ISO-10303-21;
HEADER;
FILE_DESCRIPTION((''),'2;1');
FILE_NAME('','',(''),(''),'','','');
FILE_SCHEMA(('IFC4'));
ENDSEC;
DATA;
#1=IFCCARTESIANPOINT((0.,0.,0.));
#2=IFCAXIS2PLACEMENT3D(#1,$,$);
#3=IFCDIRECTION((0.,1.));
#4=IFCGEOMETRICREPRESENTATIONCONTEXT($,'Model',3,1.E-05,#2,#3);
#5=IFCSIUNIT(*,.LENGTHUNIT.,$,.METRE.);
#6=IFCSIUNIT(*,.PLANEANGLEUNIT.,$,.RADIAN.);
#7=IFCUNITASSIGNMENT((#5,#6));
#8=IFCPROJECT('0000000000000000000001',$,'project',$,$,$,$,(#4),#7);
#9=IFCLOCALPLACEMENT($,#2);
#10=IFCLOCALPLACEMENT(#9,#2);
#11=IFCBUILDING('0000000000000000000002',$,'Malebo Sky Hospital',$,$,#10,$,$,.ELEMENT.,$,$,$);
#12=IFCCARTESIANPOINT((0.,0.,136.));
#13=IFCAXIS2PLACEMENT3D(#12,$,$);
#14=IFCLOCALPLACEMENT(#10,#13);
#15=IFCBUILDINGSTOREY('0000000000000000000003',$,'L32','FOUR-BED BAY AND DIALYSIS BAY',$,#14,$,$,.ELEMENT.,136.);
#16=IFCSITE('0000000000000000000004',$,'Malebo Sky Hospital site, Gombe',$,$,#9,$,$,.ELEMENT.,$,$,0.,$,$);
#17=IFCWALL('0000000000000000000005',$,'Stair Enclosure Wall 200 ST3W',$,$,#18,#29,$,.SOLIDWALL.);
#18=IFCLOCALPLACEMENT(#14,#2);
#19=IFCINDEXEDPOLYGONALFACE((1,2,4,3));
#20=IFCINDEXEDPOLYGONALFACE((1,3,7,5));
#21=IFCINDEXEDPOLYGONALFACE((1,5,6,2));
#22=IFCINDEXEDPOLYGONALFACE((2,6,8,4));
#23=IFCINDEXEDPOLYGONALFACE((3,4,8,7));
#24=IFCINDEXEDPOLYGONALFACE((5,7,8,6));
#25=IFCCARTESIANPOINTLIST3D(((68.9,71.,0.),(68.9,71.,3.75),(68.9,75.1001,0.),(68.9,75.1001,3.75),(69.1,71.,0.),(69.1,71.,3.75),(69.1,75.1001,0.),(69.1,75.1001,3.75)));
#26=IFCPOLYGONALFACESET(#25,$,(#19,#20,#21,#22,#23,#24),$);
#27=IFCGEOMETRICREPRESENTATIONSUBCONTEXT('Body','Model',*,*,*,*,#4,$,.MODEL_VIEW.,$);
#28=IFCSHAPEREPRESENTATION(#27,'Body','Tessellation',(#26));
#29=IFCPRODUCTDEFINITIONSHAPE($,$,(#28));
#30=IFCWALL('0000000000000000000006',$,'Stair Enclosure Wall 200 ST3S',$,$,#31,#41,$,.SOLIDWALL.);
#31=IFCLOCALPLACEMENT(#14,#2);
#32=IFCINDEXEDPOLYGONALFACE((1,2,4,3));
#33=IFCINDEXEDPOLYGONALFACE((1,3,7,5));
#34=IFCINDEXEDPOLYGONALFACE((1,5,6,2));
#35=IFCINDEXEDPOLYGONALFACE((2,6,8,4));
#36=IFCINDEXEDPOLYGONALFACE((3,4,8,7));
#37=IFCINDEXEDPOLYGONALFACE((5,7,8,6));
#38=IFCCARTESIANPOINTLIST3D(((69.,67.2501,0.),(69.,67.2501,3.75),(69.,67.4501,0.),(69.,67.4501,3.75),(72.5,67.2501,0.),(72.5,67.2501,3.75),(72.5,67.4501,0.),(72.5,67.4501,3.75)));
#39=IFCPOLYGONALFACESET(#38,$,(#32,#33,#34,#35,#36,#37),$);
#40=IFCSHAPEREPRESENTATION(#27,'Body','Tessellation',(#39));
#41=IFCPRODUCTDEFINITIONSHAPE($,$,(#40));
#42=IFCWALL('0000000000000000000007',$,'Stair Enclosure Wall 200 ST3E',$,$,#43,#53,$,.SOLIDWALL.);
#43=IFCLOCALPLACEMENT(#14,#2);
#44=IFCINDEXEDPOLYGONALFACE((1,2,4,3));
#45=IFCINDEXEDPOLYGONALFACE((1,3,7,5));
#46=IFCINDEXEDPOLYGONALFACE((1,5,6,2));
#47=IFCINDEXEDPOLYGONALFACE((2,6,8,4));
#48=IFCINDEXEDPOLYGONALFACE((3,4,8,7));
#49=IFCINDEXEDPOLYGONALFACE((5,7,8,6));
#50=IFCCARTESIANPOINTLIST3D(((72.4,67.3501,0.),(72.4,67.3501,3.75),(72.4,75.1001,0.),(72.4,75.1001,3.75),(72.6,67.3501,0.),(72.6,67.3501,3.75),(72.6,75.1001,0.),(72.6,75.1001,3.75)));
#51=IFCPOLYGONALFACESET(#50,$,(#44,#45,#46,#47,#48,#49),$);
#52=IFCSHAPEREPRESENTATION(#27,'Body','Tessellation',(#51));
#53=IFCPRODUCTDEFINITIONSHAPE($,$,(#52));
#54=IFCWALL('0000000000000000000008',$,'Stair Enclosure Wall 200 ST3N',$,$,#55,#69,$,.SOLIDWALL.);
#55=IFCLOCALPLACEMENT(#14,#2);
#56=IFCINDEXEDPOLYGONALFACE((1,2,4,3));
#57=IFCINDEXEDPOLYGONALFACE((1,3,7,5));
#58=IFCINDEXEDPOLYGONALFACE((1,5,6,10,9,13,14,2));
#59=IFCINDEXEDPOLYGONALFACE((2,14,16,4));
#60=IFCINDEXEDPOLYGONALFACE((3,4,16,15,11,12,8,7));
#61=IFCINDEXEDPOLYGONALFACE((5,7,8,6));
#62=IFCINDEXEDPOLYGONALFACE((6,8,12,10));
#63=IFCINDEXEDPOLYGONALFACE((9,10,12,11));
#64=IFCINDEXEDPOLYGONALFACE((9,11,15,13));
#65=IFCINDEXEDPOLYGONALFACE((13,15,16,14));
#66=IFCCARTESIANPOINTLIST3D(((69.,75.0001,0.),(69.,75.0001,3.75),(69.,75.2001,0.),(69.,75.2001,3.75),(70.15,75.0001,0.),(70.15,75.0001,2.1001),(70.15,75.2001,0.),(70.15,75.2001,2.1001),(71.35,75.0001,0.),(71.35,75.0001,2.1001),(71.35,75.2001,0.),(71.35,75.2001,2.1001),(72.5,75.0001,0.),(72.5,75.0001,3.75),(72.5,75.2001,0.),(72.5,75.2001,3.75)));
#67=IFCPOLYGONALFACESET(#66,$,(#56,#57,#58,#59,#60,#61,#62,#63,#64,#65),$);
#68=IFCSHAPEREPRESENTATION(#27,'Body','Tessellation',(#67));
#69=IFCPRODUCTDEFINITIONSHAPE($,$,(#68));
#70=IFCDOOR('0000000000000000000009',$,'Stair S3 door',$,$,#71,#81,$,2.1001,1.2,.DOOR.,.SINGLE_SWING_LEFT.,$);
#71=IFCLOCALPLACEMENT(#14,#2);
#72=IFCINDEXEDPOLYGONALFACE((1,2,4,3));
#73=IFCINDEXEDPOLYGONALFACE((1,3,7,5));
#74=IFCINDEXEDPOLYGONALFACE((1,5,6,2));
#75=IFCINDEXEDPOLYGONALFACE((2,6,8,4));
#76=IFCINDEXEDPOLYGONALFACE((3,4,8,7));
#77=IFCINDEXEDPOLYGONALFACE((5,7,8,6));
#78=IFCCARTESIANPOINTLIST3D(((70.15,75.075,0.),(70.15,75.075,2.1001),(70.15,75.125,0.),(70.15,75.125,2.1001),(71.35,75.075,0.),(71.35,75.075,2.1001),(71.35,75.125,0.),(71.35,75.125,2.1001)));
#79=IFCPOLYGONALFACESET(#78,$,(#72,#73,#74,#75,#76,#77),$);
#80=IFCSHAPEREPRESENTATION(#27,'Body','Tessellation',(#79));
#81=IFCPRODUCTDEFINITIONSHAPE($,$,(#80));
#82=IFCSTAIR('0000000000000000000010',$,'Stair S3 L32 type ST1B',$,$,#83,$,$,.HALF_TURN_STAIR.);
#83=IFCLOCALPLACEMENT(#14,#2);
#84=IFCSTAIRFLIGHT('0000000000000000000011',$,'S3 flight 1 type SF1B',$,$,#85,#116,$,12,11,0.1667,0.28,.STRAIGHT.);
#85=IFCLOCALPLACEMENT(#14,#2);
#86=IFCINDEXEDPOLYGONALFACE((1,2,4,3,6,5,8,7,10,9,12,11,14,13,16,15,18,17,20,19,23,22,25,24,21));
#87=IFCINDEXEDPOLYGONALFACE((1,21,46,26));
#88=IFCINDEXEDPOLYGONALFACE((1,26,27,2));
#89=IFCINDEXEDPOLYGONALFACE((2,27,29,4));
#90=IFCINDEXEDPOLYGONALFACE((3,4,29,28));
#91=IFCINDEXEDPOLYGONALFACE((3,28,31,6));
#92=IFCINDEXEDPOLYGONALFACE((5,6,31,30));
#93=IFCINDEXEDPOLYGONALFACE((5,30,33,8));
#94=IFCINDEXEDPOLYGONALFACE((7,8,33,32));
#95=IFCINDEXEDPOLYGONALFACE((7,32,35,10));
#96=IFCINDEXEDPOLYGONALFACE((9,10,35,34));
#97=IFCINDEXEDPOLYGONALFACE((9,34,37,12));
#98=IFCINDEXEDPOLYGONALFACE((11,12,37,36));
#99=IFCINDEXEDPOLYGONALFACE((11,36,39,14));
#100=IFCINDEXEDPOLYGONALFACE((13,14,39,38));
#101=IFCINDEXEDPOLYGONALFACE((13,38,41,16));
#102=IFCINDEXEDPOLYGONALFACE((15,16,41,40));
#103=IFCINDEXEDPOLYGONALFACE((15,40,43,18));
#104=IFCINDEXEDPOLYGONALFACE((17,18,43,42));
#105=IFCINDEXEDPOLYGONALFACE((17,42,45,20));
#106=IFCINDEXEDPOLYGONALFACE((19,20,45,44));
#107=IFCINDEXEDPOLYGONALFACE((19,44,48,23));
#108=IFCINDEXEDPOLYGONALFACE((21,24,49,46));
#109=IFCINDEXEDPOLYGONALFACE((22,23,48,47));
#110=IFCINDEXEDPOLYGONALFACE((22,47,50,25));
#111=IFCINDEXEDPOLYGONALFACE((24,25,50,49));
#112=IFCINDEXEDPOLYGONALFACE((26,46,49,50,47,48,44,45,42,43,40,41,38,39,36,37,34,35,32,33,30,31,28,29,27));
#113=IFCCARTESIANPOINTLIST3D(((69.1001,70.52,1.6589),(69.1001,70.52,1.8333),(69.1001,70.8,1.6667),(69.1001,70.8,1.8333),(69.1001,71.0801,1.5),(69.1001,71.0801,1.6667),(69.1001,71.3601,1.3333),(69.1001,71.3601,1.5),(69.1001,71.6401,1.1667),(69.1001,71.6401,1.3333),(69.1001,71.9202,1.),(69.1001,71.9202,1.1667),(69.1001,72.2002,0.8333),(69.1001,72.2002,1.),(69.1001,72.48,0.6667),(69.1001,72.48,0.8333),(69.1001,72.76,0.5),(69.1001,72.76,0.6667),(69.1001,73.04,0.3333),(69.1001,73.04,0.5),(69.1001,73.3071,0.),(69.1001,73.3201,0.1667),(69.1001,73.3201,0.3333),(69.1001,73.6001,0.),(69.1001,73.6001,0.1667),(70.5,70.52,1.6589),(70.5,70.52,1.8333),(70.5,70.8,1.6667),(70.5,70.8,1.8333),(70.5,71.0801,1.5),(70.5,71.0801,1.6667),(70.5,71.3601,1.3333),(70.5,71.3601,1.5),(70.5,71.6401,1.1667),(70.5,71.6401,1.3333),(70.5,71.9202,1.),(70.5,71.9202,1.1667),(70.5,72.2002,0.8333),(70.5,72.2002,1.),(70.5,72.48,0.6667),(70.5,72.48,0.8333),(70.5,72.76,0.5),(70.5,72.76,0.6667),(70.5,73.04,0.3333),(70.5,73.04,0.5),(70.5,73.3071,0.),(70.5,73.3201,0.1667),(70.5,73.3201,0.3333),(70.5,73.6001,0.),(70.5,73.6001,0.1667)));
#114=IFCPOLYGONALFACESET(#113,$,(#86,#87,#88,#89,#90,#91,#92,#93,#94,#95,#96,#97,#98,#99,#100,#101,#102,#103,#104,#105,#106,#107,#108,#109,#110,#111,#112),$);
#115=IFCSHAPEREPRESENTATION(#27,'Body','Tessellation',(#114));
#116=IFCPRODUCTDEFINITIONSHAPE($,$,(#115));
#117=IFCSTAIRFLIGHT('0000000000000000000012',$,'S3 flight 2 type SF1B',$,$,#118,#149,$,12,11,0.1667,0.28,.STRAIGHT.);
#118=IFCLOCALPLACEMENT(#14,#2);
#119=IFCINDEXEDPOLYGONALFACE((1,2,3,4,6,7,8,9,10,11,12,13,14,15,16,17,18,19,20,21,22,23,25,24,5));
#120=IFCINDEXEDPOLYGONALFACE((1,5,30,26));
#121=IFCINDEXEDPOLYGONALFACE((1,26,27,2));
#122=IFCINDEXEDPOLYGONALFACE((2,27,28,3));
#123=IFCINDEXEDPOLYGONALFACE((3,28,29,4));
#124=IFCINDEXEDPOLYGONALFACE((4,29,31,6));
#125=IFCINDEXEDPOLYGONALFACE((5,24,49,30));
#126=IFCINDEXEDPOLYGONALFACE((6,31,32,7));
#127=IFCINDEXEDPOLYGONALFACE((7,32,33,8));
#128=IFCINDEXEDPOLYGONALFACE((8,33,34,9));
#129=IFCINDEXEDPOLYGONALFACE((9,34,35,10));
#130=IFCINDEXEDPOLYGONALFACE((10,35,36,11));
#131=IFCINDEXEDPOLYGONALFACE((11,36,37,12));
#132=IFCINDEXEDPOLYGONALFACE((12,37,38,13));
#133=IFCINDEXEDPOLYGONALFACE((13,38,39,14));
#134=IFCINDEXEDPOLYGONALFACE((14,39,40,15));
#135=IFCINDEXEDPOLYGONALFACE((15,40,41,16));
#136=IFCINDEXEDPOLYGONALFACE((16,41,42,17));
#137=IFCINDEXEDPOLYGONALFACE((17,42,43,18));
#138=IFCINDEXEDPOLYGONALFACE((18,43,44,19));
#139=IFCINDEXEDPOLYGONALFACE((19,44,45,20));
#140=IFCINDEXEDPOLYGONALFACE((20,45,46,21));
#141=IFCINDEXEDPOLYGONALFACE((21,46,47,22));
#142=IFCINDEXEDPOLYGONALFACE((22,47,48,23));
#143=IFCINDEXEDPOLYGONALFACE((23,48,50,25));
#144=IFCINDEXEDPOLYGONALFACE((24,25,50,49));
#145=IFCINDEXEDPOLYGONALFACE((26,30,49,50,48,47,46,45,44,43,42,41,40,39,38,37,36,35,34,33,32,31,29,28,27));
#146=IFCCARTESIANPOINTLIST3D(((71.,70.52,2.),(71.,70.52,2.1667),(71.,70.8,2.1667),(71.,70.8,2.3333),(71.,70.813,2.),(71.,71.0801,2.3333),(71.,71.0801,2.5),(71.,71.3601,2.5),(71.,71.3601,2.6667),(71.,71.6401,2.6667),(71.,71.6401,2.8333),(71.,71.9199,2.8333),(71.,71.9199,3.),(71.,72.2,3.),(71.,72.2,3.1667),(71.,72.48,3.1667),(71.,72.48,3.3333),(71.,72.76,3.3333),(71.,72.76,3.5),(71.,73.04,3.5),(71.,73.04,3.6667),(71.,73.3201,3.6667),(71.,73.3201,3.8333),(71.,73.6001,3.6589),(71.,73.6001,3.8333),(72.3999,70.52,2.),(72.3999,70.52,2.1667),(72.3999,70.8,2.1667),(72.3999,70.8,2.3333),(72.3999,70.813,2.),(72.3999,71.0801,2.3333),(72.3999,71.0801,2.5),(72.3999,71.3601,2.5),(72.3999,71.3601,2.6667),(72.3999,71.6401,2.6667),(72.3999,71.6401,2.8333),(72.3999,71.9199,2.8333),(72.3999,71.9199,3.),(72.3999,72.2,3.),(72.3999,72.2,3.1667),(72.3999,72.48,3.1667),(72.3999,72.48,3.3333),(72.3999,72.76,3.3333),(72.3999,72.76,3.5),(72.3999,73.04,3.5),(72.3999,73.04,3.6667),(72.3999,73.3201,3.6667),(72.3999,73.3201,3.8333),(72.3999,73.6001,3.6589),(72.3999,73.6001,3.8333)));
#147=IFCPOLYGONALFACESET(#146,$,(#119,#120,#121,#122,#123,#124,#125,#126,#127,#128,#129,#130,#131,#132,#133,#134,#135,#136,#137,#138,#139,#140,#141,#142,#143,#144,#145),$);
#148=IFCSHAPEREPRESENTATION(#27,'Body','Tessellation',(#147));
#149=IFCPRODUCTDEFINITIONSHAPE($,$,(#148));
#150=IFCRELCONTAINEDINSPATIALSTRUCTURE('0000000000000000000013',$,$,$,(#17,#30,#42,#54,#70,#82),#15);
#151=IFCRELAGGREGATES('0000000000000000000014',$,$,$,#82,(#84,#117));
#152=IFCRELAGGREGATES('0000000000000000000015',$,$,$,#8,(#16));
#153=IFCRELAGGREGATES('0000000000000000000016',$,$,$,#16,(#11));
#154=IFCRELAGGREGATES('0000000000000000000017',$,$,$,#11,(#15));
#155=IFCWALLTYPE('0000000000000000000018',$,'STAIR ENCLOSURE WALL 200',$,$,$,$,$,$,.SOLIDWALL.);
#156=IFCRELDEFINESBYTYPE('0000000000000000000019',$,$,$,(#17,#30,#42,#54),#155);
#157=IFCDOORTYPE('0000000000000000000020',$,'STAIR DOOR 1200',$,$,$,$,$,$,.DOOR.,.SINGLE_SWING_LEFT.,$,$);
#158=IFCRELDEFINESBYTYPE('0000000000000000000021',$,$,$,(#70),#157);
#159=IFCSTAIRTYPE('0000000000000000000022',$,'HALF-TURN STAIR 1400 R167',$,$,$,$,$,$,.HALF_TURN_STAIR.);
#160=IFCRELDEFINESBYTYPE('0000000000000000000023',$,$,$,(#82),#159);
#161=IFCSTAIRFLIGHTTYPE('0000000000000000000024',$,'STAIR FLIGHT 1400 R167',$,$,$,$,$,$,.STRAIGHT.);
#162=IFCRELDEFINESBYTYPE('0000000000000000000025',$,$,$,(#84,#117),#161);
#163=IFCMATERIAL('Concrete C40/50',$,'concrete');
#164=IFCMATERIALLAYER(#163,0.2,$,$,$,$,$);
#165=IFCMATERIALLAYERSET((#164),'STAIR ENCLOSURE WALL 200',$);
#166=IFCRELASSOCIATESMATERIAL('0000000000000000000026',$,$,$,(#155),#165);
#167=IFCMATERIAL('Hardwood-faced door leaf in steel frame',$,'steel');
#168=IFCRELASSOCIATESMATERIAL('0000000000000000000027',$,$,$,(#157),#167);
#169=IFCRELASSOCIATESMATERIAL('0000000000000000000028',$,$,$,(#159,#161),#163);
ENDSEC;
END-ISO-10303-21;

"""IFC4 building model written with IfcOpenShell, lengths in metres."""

from ifc_helpers import new_model, si_unit, direction, frame, frame_2d, origin, place, context, subcontext, project, spatial, polyline, rectangle, outline, extrude, material, layer, layer_set, type_object, element, fill, aggregate, save


model = new_model("IFC4")

# Units and contexts
model_context = context("Model", 3, precision=1e-05, world=origin(), true_north=direction((0.0, 1.0)))
body_context = subcontext(model_context, "Body", "Model", "MODEL_VIEW")
ifc_project = project(units=[si_unit("LENGTHUNIT", "METRE"), si_unit("PLANEANGLEUNIT", "RADIAN")], contexts=[model_context])

# Site, building, storey
site_placement = place(None, origin())
site = spatial("IfcSite", under=ifc_project, at=site_placement, Name="Malebo Sky Hospital site, Gombe", CompositionType="ELEMENT", RefElevation=0.0)
building_placement = place(site_placement, origin())
building = spatial("IfcBuilding", under=site, at=building_placement, Name="Malebo Sky Hospital", CompositionType="ELEMENT")
storey_placement = place(building_placement, frame((0.0, 0.0, 136.0)))
storey = spatial("IfcBuildingStorey", under=building, at=storey_placement, Name="L32", Description="FOUR-BED BAY AND DIALYSIS BAY", CompositionType="ELEMENT", Elevation=136.0)

# Shared definitions
ifc_material_1 = material(Name="Hardwood-faced door leaf in steel frame", Category="steel")

# Walls
ifc_material_2 = material(Name="Concrete C40/50", Category="concrete")
ifc_layer_1 = layer(ifc_material_2, 0.2)
ifc_layer_set_1 = layer_set([ifc_layer_1], Name="STAIR ENCLOSURE WALL 200")
wall_type_1 = type_object("IfcWallType", Name="STAIR ENCLOSURE WALL 200", PredefinedType="SOLIDWALL", material=ifc_layer_set_1)
wall_1_placement = place(storey_placement, frame((69.0, 71.0, 0.0), z_axis=(0.0, 0.0, 1.0), x_axis=(0.0, 1.0, 0.0)))
element("IfcWall", 1, at=wall_1_placement, inside=storey, type_object=wall_type_1, Name="Stair Enclosure Wall 200 ST3W", PredefinedType="SOLIDWALL", context=body_context, shape_type="SweptSolid", body=[
    extrude(rectangle(XDim=4.1001, YDim=0.2, at=frame_2d((2.05, 0.0))), origin(), (0.0, 0.0, 1.0), 3.75),
])
wall_2_placement = place(storey_placement, frame((69.0, 67.3501, 0.0), z_axis=(0.0, 0.0, 1.0), x_axis=(1.0, 0.0, 0.0)))
element("IfcWall", 2, at=wall_2_placement, inside=storey, type_object=wall_type_1, Name="Stair Enclosure Wall 200 ST3S", PredefinedType="SOLIDWALL", context=body_context, shape_type="SweptSolid", body=[
    extrude(rectangle(XDim=3.5, YDim=0.2, at=frame_2d((1.75, 0.0))), origin(), (0.0, 0.0, 1.0), 3.75),
])
wall_3_placement = place(storey_placement, frame((72.5, 67.3501, 0.0), z_axis=(0.0, 0.0, 1.0), x_axis=(0.0, 1.0, 0.0)))
element("IfcWall", 3, at=wall_3_placement, inside=storey, type_object=wall_type_1, Name="Stair Enclosure Wall 200 ST3E", PredefinedType="SOLIDWALL", context=body_context, shape_type="SweptSolid", body=[
    extrude(rectangle(XDim=7.75, YDim=0.2, at=frame_2d((3.875, 0.0))), origin(), (0.0, 0.0, 1.0), 3.75),
])

# Wall, opening, door
wall_4_placement = place(storey_placement, frame((69.0, 75.1001, 0.0), z_axis=(0.0, 0.0, 1.0), x_axis=(1.0, 0.0, 0.0)))
wall_4 = element("IfcWall", 4, at=wall_4_placement, inside=storey, type_object=wall_type_1, Name="Stair Enclosure Wall 200 ST3N", PredefinedType="SOLIDWALL", context=body_context, shape_type="SweptSolid", body=[
    extrude(rectangle(XDim=3.5, YDim=0.2, at=frame_2d((1.75, 0.0))), origin(), (0.0, 0.0, 1.0), 3.75),
])
opening_1_placement = place(wall_4_placement, frame((1.1499, 0.0, 0.0)))
opening_1 = element("IfcOpeningElement", 5, at=opening_1_placement, cuts=wall_4, PredefinedType="OPENING", context=body_context, shape_type="SweptSolid", body=[
    extrude(rectangle(XDim=1.2, YDim=2.1001, at=frame_2d((0.6001, 1.05))), frame((0.0, 0.1099, 0.0), z_axis=(0.0, -1.0, 0.0), x_axis=(1.0, 0.0, 0.0)), (0.0, 0.0, 1.0), 0.22),
])
door_type_1 = type_object("IfcDoorType", Name="STAIR DOOR 1200", OperationType="SINGLE_SWING_LEFT", PredefinedType="DOOR", material=ifc_material_1)
door_1_placement = place(opening_1_placement, origin())
door_1 = element("IfcDoor", 6, at=door_1_placement, inside=storey, type_object=door_type_1, Name="Stair S3 door", OperationType="SINGLE_SWING_LEFT", OverallHeight=2.1001, OverallWidth=1.2, PredefinedType="DOOR", context=body_context, shape_type="SweptSolid", body=[
    extrude(rectangle(XDim=1.2, YDim=2.1001, at=frame_2d((0.6001, 1.05))), frame((0.0, 0.0249, 0.0), z_axis=(0.0, -1.0, 0.0), x_axis=(1.0, 0.0, 0.0)), (0.0, 0.0, 1.0), 0.05),
])
fill(opening_1, door_1)

# Stair, stair flights
stair_type = type_object("IfcStairType", Name="HALF-TURN STAIR 1400 R167", PredefinedType="HALF_TURN_STAIR", material=ifc_material_2)
stair_placement = place(storey_placement, origin())
stair = element("IfcStair", 7, at=stair_placement, inside=storey, type_object=stair_type, Name="Stair S3 L32 type ST1B", PredefinedType="HALF_TURN_STAIR")
stair_flight_type = type_object("IfcStairFlightType", Name="STAIR FLIGHT 1400 R167", PredefinedType="STRAIGHT", material=ifc_material_2)
stair_flight_1_placement = place(storey_placement, frame((69.8, 73.6001, 0.0), z_axis=(0.0, 0.0, 1.0), x_axis=(0.0, -1.0, 0.0)))
stair_flight_1 = element("IfcStairFlight", 8, at=stair_flight_1_placement, type_object=stair_flight_type, Name="S3 flight 1 type SF1B", NumberOfRisers=12, NumberOfTreads=11, PredefinedType="STRAIGHT", RiserHeight=0.1667, TreadLength=0.28, context=body_context, shape_type="SweptSolid", body=[
    extrude(outline(polyline([(0.0, 0.0), (0.0, 0.1667), (0.28, 0.1667), (0.28, 0.3333), (0.5601, 0.3333), (0.5601, 0.5), (0.8401, 0.5), (0.8401, 0.6667), (1.1201, 0.6667), (1.1201, 0.8333), (1.3999, 0.8333), (1.3999, 1.0), (1.6799, 1.0), (1.6799, 1.1667), (1.96, 1.1667), (1.96, 1.3333), (2.24, 1.3333), (2.24, 1.5), (2.52, 1.5), (2.52, 1.6667), (2.8, 1.6667), (2.8, 1.8333), (3.0801, 1.8333), (3.0801, 2.0), (3.0801, 1.6589), (0.293, 0.0), (0.0, 0.0)])), frame((0.0, 0.7, 0.0), z_axis=(0.0, -1.0, 0.0), x_axis=(1.0, 0.0, 0.0)), (0.0, 0.0, 1.0), 1.3999),
])
stair_flight_2_placement = place(storey_placement, frame((71.7, 70.52, 2.0), z_axis=(0.0, 0.0, 1.0), x_axis=(0.0, 1.0, 0.0)))
stair_flight_2 = element("IfcStairFlight", 9, at=stair_flight_2_placement, type_object=stair_flight_type, Name="S3 flight 2 type SF1B", NumberOfRisers=12, NumberOfTreads=11, PredefinedType="STRAIGHT", RiserHeight=0.1667, TreadLength=0.28, context=body_context, shape_type="SweptSolid", body=[
    extrude(outline(polyline([(0.0, 0.0), (0.0, 0.1667), (0.28, 0.1667), (0.28, 0.3333), (0.5601, 0.3333), (0.5601, 0.5), (0.8401, 0.5), (0.8401, 0.6667), (1.1201, 0.6667), (1.1201, 0.8333), (1.3999, 0.8333), (1.3999, 1.0), (1.6799, 1.0), (1.6799, 1.1667), (1.96, 1.1667), (1.96, 1.3333), (2.24, 1.3333), (2.24, 1.5), (2.52, 1.5), (2.52, 1.6667), (2.8, 1.6667), (2.8, 1.8333), (3.0801, 1.8333), (3.0801, 2.0), (3.0801, 1.6589), (0.293, 0.0), (0.0, 0.0)])), frame((0.0, 0.7, 0.0), z_axis=(0.0, -1.0, 0.0), x_axis=(1.0, 0.0, 0.0)), (0.0, 0.0, 1.0), 1.3999),
])
aggregate(stair, [stair_flight_1, stair_flight_2])

save(model, "model.ifc")
